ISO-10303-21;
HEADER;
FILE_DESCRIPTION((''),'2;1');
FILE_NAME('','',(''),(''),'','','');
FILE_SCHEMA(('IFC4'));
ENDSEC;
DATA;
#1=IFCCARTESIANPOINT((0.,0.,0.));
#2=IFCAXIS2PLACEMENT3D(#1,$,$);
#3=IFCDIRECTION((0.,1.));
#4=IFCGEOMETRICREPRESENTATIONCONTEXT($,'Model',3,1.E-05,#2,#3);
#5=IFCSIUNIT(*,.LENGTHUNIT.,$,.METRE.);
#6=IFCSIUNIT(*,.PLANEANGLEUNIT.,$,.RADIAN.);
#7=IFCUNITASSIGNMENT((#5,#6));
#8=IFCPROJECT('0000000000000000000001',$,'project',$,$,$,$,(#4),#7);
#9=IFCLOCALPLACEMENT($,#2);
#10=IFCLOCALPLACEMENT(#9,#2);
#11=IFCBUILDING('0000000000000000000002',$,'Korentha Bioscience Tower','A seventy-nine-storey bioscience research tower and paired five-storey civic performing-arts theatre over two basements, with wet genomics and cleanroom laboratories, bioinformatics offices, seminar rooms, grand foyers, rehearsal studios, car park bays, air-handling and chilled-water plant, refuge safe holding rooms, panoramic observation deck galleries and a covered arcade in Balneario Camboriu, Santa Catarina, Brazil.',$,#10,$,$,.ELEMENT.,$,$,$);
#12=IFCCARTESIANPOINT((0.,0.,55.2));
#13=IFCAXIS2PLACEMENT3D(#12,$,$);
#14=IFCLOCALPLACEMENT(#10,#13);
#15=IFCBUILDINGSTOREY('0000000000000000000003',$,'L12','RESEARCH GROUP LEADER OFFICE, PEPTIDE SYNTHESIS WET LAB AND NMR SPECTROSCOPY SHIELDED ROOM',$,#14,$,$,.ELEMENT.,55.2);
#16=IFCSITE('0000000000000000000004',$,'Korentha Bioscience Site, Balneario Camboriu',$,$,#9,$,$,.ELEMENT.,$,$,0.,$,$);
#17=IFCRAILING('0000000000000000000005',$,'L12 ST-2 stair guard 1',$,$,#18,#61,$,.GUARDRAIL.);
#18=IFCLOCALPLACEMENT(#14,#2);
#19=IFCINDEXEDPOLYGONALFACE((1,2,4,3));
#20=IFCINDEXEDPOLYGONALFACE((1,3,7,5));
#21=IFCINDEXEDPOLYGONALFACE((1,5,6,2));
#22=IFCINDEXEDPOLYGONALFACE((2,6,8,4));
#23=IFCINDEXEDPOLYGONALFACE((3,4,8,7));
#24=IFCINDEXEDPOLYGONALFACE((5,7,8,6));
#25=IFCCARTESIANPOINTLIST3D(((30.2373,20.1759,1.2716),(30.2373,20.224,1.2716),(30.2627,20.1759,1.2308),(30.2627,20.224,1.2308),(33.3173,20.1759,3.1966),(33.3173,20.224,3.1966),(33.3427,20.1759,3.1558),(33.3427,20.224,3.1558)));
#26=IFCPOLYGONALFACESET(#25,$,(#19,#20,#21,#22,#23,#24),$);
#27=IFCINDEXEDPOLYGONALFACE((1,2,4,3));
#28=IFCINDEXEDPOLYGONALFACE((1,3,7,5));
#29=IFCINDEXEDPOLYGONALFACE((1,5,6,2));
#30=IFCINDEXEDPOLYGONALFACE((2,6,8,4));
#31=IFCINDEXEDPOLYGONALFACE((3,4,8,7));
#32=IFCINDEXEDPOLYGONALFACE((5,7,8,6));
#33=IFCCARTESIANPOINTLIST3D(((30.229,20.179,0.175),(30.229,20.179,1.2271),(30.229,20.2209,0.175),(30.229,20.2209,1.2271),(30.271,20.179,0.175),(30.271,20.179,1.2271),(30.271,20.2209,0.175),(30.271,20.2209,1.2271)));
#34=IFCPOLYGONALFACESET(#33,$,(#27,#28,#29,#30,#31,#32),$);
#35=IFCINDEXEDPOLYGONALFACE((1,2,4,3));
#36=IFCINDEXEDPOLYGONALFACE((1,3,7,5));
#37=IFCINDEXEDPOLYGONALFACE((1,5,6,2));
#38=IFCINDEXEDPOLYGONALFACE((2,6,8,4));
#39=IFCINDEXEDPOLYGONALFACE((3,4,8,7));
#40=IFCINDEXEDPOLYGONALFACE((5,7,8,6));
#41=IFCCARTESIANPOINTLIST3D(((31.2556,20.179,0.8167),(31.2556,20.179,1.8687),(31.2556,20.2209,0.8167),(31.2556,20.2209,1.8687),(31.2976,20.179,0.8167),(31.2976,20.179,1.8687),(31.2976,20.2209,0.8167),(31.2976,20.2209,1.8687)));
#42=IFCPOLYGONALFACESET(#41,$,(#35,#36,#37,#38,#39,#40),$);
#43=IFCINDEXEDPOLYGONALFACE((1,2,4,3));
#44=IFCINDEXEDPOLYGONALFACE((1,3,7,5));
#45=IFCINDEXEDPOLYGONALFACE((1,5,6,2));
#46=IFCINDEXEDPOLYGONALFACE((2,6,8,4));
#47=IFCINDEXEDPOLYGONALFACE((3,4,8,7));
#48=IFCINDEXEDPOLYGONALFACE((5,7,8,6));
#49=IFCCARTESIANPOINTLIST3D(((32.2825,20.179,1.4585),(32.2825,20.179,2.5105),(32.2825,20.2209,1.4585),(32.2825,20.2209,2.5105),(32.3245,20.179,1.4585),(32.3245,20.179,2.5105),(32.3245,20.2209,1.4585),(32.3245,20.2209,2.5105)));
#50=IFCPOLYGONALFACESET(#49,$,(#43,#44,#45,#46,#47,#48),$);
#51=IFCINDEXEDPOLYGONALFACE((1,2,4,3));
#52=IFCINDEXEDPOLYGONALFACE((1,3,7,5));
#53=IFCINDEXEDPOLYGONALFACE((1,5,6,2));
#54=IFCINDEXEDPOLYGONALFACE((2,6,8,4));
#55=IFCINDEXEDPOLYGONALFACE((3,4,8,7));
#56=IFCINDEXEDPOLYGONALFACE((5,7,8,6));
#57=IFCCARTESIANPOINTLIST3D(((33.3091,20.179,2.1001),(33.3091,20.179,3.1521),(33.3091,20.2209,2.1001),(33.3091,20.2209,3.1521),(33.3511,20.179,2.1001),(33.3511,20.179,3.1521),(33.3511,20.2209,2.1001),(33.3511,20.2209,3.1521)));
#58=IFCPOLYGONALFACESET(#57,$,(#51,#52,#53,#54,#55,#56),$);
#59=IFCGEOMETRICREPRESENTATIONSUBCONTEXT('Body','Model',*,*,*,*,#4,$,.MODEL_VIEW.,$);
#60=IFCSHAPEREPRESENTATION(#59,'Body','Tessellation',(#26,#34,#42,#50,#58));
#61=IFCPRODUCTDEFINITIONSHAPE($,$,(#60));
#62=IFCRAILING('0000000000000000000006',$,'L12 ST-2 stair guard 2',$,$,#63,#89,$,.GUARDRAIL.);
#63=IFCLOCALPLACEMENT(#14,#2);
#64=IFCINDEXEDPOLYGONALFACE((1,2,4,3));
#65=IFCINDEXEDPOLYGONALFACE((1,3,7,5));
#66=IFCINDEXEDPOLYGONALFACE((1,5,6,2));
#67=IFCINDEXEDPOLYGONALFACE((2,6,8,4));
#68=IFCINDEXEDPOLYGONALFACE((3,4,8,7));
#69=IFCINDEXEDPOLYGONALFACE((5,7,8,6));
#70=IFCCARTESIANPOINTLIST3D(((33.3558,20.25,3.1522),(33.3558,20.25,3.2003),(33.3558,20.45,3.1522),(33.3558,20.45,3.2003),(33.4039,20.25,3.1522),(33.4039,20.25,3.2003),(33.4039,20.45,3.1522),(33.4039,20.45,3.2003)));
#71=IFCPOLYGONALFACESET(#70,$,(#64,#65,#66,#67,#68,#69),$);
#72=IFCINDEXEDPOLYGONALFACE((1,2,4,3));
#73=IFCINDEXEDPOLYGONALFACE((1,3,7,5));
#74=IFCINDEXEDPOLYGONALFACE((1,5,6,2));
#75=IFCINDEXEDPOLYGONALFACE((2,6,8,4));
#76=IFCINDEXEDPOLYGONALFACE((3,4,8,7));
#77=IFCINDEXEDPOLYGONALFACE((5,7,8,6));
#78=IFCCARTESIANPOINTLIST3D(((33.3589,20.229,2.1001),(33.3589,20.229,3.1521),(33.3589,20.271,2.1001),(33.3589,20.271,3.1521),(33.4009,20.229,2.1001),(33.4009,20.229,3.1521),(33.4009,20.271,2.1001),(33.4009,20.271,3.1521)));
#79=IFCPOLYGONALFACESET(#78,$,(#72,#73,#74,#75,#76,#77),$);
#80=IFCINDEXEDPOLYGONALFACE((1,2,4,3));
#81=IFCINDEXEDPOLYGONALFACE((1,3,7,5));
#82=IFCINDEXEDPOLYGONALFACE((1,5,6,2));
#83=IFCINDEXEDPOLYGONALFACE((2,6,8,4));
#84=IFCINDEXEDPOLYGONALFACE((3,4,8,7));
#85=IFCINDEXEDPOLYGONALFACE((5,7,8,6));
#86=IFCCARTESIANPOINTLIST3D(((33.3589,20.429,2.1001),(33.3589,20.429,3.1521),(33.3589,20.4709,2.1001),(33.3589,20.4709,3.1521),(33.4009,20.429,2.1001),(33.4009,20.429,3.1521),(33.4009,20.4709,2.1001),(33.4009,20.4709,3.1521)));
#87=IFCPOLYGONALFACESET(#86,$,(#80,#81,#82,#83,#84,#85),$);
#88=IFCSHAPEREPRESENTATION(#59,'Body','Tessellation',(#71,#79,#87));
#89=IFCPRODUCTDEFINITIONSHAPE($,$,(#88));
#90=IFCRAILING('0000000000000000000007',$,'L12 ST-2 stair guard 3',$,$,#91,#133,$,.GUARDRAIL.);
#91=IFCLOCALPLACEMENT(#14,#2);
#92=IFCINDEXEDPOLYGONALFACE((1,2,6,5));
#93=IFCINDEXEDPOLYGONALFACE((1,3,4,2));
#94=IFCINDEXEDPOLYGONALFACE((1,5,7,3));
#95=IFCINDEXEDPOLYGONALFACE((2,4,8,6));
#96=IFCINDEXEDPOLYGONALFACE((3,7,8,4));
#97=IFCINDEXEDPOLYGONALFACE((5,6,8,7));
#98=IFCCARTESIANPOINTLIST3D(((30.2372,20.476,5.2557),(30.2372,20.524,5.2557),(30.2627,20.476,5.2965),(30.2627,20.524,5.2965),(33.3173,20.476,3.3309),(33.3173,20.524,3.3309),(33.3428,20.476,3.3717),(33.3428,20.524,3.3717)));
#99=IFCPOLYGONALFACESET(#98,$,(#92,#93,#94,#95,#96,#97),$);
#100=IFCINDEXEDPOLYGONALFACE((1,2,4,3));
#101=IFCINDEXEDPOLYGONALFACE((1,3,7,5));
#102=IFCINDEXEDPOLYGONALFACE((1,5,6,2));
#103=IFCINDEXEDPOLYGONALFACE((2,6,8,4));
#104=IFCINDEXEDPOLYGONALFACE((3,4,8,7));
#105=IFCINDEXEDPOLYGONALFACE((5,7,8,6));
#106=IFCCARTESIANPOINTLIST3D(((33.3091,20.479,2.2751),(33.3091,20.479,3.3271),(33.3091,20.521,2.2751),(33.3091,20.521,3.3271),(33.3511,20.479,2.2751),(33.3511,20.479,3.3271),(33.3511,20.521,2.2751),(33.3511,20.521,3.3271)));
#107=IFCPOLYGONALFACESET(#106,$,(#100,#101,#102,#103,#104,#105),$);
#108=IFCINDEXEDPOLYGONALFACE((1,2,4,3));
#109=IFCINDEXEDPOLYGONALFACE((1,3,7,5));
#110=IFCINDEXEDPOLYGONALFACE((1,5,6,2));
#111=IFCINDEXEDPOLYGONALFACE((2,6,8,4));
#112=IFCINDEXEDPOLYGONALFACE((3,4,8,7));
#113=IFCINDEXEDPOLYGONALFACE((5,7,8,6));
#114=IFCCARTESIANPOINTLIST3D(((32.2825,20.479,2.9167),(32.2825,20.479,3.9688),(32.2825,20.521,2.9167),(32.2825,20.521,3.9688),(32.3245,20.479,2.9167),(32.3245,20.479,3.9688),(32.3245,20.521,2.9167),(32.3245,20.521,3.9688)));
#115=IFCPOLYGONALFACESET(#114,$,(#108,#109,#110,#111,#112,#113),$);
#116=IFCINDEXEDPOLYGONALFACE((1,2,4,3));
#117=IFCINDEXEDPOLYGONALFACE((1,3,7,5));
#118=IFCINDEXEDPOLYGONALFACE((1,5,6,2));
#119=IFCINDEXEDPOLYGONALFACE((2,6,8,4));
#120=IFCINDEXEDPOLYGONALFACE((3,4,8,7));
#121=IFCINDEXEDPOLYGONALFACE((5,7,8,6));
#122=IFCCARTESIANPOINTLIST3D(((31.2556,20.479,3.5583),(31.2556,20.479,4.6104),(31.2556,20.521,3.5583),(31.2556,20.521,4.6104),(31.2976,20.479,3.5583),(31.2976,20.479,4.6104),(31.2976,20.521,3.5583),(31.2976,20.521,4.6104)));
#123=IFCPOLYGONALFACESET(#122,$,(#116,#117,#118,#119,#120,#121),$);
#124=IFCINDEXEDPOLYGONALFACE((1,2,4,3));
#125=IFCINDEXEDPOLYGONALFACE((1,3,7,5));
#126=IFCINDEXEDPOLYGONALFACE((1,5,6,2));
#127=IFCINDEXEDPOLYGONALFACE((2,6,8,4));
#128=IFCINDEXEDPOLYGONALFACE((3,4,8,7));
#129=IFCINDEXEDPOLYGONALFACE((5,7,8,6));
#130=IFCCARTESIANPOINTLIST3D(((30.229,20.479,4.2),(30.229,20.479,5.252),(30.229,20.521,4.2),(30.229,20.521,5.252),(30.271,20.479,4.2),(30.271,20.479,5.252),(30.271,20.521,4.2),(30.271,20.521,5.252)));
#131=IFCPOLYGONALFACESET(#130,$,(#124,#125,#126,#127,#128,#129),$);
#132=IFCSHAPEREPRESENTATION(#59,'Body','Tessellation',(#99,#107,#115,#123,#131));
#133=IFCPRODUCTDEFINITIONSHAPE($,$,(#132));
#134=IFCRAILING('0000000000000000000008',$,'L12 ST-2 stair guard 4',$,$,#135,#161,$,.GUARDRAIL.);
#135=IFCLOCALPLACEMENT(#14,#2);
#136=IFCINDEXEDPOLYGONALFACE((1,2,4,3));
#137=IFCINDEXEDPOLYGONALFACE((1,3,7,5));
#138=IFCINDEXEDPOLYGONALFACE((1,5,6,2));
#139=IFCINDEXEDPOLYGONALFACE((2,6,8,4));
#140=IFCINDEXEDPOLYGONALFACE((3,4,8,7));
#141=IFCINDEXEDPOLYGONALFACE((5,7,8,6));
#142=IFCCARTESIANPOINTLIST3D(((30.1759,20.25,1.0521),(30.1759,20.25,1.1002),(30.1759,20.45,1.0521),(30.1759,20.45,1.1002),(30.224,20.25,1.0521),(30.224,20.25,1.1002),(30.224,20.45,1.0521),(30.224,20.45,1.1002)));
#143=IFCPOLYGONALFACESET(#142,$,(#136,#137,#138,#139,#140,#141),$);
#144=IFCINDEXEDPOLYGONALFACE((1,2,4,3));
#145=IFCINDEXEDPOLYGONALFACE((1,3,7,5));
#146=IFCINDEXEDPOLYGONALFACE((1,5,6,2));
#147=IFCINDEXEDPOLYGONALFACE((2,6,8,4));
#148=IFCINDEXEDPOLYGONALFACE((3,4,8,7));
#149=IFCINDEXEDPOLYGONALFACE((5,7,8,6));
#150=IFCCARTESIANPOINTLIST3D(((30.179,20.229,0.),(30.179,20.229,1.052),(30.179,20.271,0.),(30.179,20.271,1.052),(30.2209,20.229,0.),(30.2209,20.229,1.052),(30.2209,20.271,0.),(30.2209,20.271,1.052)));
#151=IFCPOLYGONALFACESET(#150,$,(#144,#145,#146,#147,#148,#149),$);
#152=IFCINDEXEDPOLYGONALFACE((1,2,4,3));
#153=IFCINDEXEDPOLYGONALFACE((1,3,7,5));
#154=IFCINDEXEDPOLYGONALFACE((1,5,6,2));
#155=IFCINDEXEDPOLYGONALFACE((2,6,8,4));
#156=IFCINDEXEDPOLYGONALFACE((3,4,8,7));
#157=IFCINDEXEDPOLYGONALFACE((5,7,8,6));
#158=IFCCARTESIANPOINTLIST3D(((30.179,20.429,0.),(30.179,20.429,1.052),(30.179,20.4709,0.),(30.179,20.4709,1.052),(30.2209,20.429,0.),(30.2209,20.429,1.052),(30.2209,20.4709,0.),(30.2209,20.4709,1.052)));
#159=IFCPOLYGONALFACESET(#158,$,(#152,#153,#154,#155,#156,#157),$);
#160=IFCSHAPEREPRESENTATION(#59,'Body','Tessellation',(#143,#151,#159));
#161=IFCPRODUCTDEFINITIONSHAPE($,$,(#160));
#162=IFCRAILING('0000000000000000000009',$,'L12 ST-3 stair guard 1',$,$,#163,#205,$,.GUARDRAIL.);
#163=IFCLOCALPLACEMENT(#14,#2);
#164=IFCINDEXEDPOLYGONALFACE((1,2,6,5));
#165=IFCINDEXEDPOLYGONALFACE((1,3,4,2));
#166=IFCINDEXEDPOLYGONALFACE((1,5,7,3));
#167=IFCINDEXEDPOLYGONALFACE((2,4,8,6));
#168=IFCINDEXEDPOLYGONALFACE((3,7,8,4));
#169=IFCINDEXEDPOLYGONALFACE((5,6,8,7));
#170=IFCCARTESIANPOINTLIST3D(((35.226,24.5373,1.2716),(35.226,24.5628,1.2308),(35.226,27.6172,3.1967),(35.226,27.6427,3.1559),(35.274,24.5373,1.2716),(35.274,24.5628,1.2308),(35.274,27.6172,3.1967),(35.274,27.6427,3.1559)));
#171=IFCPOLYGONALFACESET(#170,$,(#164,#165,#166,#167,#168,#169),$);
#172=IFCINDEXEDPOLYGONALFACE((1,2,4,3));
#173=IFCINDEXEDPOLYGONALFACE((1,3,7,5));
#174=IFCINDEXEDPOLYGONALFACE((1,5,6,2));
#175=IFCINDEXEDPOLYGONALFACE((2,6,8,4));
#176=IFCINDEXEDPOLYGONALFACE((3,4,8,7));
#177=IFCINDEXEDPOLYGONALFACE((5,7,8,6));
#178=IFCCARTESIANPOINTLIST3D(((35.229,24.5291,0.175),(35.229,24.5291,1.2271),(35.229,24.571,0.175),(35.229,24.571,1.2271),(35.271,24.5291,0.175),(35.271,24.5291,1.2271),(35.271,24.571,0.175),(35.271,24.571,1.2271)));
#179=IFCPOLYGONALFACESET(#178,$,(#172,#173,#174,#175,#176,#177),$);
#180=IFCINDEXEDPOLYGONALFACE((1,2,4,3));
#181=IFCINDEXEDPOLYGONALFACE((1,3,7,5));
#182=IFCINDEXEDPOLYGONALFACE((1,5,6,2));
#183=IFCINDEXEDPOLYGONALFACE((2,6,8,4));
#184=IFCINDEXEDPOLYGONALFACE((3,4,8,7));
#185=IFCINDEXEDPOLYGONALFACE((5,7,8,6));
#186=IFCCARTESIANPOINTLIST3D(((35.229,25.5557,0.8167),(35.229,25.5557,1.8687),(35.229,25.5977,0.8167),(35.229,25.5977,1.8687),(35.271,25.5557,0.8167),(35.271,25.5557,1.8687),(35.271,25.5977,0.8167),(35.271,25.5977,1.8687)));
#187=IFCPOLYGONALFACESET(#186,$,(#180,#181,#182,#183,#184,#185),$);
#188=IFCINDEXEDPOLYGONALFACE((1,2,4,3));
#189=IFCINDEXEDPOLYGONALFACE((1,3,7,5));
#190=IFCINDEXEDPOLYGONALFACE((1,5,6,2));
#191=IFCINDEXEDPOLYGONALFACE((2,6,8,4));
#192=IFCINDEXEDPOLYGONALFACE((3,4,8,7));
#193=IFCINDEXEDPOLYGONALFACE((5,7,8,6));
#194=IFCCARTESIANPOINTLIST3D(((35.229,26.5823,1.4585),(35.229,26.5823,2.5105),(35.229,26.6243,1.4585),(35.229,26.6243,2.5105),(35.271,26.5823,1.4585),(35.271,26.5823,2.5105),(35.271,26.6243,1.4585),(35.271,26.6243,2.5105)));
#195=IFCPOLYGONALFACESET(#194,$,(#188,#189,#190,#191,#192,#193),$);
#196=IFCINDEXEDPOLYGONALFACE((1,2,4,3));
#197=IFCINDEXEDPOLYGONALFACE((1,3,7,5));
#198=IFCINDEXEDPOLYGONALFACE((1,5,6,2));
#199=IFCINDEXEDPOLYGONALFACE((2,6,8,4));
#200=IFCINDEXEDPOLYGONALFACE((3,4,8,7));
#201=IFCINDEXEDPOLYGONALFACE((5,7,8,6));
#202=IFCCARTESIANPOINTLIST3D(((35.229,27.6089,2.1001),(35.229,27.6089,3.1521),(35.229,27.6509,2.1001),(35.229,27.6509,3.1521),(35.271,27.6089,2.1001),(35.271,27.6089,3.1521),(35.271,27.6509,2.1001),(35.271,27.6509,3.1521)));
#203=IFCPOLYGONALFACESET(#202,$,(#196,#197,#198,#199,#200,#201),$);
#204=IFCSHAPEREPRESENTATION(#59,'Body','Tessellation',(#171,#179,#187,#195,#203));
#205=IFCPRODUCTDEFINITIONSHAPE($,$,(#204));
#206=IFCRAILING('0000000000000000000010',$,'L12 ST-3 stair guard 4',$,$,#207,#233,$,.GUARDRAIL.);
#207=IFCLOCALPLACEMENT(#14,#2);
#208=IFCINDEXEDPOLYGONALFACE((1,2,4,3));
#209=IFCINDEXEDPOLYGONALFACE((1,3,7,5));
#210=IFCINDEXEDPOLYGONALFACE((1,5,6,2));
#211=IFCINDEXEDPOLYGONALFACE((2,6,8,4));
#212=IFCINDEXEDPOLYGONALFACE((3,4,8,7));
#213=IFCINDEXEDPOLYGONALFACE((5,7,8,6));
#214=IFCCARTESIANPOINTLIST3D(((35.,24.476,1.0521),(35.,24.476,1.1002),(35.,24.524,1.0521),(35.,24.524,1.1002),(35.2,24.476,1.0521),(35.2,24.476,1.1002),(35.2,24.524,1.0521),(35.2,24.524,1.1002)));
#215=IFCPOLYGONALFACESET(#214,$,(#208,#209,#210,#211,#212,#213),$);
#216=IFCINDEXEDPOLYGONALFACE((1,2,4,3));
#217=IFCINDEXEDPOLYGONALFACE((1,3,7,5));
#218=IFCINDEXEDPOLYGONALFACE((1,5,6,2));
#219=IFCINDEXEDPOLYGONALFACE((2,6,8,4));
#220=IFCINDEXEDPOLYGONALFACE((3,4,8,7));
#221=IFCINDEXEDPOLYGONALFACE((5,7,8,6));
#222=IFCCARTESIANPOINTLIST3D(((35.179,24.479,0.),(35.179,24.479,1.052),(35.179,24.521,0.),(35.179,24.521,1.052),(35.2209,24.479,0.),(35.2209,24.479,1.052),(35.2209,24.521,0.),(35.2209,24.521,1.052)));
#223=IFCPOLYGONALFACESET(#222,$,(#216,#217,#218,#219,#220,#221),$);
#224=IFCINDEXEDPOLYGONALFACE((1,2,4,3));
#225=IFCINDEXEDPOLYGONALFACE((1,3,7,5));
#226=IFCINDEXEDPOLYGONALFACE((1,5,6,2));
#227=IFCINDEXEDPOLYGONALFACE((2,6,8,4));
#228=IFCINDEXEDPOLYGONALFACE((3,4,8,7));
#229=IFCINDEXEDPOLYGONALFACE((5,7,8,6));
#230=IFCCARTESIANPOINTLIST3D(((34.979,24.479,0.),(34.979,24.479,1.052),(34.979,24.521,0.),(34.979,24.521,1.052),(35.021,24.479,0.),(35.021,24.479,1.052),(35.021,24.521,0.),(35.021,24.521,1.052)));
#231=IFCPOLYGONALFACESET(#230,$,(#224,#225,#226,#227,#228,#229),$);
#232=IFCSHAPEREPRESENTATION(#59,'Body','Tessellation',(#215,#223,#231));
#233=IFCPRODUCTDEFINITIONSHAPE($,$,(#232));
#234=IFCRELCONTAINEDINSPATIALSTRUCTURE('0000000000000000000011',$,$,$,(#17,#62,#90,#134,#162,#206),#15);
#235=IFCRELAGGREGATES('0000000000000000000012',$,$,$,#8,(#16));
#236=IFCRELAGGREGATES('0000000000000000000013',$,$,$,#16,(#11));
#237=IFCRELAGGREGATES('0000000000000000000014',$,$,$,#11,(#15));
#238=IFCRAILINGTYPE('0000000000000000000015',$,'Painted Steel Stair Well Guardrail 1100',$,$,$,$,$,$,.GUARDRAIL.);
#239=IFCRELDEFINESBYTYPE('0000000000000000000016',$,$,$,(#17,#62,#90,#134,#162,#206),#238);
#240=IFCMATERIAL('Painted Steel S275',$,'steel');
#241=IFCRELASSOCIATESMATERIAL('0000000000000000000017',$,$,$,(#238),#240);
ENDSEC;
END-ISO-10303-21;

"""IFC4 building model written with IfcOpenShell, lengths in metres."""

from ifc_helpers import new_model, si_unit, direction, frame, origin, origin_2d, place, context, subcontext, project, spatial, rectangle, extrude, material, type_object, element, save


model = new_model("IFC4")

# Units and contexts
model_context = context("Model", 3, precision=1e-05, world=origin(), true_north=direction((0.0, 1.0)))
body_context = subcontext(model_context, "Body", "Model", "MODEL_VIEW")
ifc_project = project(units=[si_unit("LENGTHUNIT", "METRE"), si_unit("PLANEANGLEUNIT", "RADIAN")], contexts=[model_context])

# Site, building, storey
site_placement = place(None, origin())
site = spatial("IfcSite", under=ifc_project, at=site_placement, Name="Korentha Bioscience Site, Balneario Camboriu", CompositionType="ELEMENT", RefElevation=0.0)
building_placement = place(site_placement, origin())
building = spatial("IfcBuilding", under=site, at=building_placement, Name="Korentha Bioscience Tower", Description="A seventy-nine-storey bioscience research tower and paired five-storey civic performing-arts theatre over two basements, with wet genomics and cleanroom laboratories, bioinformatics offices, seminar rooms, grand foyers, rehearsal studios, car park bays, air-handling and chilled-water plant, refuge safe holding rooms, panoramic observation deck galleries and a covered arcade in Balneario Camboriu, Santa Catarina, Brazil.", CompositionType="ELEMENT")
storey_placement = place(building_placement, frame((0.0, 0.0, 55.2)))
storey = spatial("IfcBuildingStorey", under=building, at=storey_placement, Name="L12", Description="RESEARCH GROUP LEADER OFFICE, PEPTIDE SYNTHESIS WET LAB AND NMR SPECTROSCOPY SHIELDED ROOM", CompositionType="ELEMENT", Elevation=55.2)

# Railings
ifc_material_1 = material(Name="Painted Steel S275", Category="steel")
railing_type_1 = type_object("IfcRailingType", Name="Painted Steel Stair Well Guardrail 1100", PredefinedType="GUARDRAIL", material=ifc_material_1)
railing_1_placement = place(storey_placement, frame((30.25, 20.2, 0.175)))
element("IfcRailing", 1, at=railing_1_placement, inside=storey, type_object=railing_type_1, Name="L12 ST-2 stair guard 1", PredefinedType="GUARDRAIL", context=body_context, shape_type="SweptSolid", body=[
    extrude(rectangle(XDim=0.0481, YDim=0.0481, at=origin_2d()), frame((0.0, 0.0, 1.0762), z_axis=(0.847998, 0.0, 0.529999), x_axis=(0.0, 1.0, 0.0)), (0.0, 0.0, 1.0), 3.6321),
    extrude(rectangle(XDim=0.042, YDim=0.042, at=origin_2d()), origin(), (0.0, 0.0, 1.0), 1.052),
    extrude(rectangle(XDim=0.042, YDim=0.042, at=origin_2d()), frame((1.0266, 0.0, 0.6416)), (0.0, 0.0, 1.0), 1.052),
    extrude(rectangle(XDim=0.042, YDim=0.042, at=origin_2d()), frame((2.0535, 0.0, 1.2834)), (0.0, 0.0, 1.0), 1.052),
    extrude(rectangle(XDim=0.042, YDim=0.042, at=origin_2d()), frame((3.0801, 0.0, 1.925)), (0.0, 0.0, 1.0), 1.052),
])
railing_2_placement = place(storey_placement, frame((33.3799, 20.25, 2.1001)))
element("IfcRailing", 2, at=railing_2_placement, inside=storey, type_object=railing_type_1, Name="L12 ST-2 stair guard 2", PredefinedType="GUARDRAIL", context=body_context, shape_type="SweptSolid", body=[
    extrude(rectangle(XDim=0.0481, YDim=0.0481, at=origin_2d()), frame((0.0, 0.0, 1.0762), z_axis=(0.0, 1.0, 0.0), x_axis=(-1.0, 0.0, 0.0)), (0.0, 0.0, 1.0), 0.2),
    extrude(rectangle(XDim=0.042, YDim=0.042, at=origin_2d()), origin(), (0.0, 0.0, 1.0), 1.052),
    extrude(rectangle(XDim=0.042, YDim=0.042, at=origin_2d()), frame((0.0, 0.2, 0.0)), (0.0, 0.0, 1.0), 1.052),
])
railing_3_placement = place(storey_placement, frame((33.3301, 20.5, 2.2751)))
element("IfcRailing", 3, at=railing_3_placement, inside=storey, type_object=railing_type_1, Name="L12 ST-2 stair guard 3", PredefinedType="GUARDRAIL", context=body_context, shape_type="SweptSolid", body=[
    extrude(rectangle(XDim=0.0481, YDim=0.0481, at=origin_2d()), frame((0.0, 0.0, 1.0762), z_axis=(-0.848029, 0.0, 0.529951), x_axis=(0.0, -1.0, 0.0)), (0.0, 0.0, 1.0), 3.6321),
    extrude(rectangle(XDim=0.042, YDim=0.042, at=origin_2d()), origin(), (0.0, 0.0, 1.0), 1.052),
    extrude(rectangle(XDim=0.042, YDim=0.042, at=origin_2d()), frame((-1.0266, 0.0, 0.6416)), (0.0, 0.0, 1.0), 1.052),
    extrude(rectangle(XDim=0.042, YDim=0.042, at=origin_2d()), frame((-2.0535, 0.0, 1.2832)), (0.0, 0.0, 1.0), 1.052),
    extrude(rectangle(XDim=0.042, YDim=0.042, at=origin_2d()), frame((-3.0801, 0.0, 1.9248)), (0.0, 0.0, 1.0), 1.052),
])
railing_4_placement = place(storey_placement, frame((30.2, 20.25, 0.0)))
element("IfcRailing", 4, at=railing_4_placement, inside=storey, type_object=railing_type_1, Name="L12 ST-2 stair guard 4", PredefinedType="GUARDRAIL", context=body_context, shape_type="SweptSolid", body=[
    extrude(rectangle(XDim=0.0481, YDim=0.0481, at=origin_2d()), frame((0.0, 0.0, 1.0762), z_axis=(0.0, 1.0, 0.0), x_axis=(-1.0, 0.0, 0.0)), (0.0, 0.0, 1.0), 0.2),
    extrude(rectangle(XDim=0.042, YDim=0.042, at=origin_2d()), origin(), (0.0, 0.0, 1.0), 1.052),
    extrude(rectangle(XDim=0.042, YDim=0.042, at=origin_2d()), frame((0.0, 0.2, 0.0)), (0.0, 0.0, 1.0), 1.052),
])
railing_5_placement = place(storey_placement, frame((35.25, 24.55, 0.175)))
element("IfcRailing", 5, at=railing_5_placement, inside=storey, type_object=railing_type_1, Name="L12 ST-3 stair guard 1", PredefinedType="GUARDRAIL", context=body_context, shape_type="SweptSolid", body=[
    extrude(rectangle(XDim=0.0481, YDim=0.0481, at=origin_2d()), frame((0.0, 0.0, 1.0762), z_axis=(0.0, 0.847979, 0.530029), x_axis=(-1.0, 0.0, 0.0)), (0.0, 0.0, 1.0), 3.6321),
    extrude(rectangle(XDim=0.042, YDim=0.042, at=origin_2d()), origin(), (0.0, 0.0, 1.0), 1.052),
    extrude(rectangle(XDim=0.042, YDim=0.042, at=origin_2d()), frame((0.0, 1.0266, 0.6416)), (0.0, 0.0, 1.0), 1.052),
    extrude(rectangle(XDim=0.042, YDim=0.042, at=origin_2d()), frame((0.0, 2.0532, 1.2834)), (0.0, 0.0, 1.0), 1.052),
    extrude(rectangle(XDim=0.042, YDim=0.042, at=origin_2d()), frame((0.0, 3.0798, 1.925)), (0.0, 0.0, 1.0), 1.052),
])
railing_6_placement = place(storey_placement, frame((35.2, 24.5, 0.0)))
element("IfcRailing", 6, at=railing_6_placement, inside=storey, type_object=railing_type_1, Name="L12 ST-3 stair guard 4", PredefinedType="GUARDRAIL", context=body_context, shape_type="SweptSolid", body=[
    extrude(rectangle(XDim=0.0481, YDim=0.0481, at=origin_2d()), frame((0.0, 0.0, 1.0762), z_axis=(-1.0, 0.0, 0.0), x_axis=(0.0, -1.0, 0.0)), (0.0, 0.0, 1.0), 0.2),
    extrude(rectangle(XDim=0.042, YDim=0.042, at=origin_2d()), origin(), (0.0, 0.0, 1.0), 1.052),
    extrude(rectangle(XDim=0.042, YDim=0.042, at=origin_2d()), frame((-0.2, 0.0, 0.0)), (0.0, 0.0, 1.0), 1.052),
])

save(model, "model.ifc")
